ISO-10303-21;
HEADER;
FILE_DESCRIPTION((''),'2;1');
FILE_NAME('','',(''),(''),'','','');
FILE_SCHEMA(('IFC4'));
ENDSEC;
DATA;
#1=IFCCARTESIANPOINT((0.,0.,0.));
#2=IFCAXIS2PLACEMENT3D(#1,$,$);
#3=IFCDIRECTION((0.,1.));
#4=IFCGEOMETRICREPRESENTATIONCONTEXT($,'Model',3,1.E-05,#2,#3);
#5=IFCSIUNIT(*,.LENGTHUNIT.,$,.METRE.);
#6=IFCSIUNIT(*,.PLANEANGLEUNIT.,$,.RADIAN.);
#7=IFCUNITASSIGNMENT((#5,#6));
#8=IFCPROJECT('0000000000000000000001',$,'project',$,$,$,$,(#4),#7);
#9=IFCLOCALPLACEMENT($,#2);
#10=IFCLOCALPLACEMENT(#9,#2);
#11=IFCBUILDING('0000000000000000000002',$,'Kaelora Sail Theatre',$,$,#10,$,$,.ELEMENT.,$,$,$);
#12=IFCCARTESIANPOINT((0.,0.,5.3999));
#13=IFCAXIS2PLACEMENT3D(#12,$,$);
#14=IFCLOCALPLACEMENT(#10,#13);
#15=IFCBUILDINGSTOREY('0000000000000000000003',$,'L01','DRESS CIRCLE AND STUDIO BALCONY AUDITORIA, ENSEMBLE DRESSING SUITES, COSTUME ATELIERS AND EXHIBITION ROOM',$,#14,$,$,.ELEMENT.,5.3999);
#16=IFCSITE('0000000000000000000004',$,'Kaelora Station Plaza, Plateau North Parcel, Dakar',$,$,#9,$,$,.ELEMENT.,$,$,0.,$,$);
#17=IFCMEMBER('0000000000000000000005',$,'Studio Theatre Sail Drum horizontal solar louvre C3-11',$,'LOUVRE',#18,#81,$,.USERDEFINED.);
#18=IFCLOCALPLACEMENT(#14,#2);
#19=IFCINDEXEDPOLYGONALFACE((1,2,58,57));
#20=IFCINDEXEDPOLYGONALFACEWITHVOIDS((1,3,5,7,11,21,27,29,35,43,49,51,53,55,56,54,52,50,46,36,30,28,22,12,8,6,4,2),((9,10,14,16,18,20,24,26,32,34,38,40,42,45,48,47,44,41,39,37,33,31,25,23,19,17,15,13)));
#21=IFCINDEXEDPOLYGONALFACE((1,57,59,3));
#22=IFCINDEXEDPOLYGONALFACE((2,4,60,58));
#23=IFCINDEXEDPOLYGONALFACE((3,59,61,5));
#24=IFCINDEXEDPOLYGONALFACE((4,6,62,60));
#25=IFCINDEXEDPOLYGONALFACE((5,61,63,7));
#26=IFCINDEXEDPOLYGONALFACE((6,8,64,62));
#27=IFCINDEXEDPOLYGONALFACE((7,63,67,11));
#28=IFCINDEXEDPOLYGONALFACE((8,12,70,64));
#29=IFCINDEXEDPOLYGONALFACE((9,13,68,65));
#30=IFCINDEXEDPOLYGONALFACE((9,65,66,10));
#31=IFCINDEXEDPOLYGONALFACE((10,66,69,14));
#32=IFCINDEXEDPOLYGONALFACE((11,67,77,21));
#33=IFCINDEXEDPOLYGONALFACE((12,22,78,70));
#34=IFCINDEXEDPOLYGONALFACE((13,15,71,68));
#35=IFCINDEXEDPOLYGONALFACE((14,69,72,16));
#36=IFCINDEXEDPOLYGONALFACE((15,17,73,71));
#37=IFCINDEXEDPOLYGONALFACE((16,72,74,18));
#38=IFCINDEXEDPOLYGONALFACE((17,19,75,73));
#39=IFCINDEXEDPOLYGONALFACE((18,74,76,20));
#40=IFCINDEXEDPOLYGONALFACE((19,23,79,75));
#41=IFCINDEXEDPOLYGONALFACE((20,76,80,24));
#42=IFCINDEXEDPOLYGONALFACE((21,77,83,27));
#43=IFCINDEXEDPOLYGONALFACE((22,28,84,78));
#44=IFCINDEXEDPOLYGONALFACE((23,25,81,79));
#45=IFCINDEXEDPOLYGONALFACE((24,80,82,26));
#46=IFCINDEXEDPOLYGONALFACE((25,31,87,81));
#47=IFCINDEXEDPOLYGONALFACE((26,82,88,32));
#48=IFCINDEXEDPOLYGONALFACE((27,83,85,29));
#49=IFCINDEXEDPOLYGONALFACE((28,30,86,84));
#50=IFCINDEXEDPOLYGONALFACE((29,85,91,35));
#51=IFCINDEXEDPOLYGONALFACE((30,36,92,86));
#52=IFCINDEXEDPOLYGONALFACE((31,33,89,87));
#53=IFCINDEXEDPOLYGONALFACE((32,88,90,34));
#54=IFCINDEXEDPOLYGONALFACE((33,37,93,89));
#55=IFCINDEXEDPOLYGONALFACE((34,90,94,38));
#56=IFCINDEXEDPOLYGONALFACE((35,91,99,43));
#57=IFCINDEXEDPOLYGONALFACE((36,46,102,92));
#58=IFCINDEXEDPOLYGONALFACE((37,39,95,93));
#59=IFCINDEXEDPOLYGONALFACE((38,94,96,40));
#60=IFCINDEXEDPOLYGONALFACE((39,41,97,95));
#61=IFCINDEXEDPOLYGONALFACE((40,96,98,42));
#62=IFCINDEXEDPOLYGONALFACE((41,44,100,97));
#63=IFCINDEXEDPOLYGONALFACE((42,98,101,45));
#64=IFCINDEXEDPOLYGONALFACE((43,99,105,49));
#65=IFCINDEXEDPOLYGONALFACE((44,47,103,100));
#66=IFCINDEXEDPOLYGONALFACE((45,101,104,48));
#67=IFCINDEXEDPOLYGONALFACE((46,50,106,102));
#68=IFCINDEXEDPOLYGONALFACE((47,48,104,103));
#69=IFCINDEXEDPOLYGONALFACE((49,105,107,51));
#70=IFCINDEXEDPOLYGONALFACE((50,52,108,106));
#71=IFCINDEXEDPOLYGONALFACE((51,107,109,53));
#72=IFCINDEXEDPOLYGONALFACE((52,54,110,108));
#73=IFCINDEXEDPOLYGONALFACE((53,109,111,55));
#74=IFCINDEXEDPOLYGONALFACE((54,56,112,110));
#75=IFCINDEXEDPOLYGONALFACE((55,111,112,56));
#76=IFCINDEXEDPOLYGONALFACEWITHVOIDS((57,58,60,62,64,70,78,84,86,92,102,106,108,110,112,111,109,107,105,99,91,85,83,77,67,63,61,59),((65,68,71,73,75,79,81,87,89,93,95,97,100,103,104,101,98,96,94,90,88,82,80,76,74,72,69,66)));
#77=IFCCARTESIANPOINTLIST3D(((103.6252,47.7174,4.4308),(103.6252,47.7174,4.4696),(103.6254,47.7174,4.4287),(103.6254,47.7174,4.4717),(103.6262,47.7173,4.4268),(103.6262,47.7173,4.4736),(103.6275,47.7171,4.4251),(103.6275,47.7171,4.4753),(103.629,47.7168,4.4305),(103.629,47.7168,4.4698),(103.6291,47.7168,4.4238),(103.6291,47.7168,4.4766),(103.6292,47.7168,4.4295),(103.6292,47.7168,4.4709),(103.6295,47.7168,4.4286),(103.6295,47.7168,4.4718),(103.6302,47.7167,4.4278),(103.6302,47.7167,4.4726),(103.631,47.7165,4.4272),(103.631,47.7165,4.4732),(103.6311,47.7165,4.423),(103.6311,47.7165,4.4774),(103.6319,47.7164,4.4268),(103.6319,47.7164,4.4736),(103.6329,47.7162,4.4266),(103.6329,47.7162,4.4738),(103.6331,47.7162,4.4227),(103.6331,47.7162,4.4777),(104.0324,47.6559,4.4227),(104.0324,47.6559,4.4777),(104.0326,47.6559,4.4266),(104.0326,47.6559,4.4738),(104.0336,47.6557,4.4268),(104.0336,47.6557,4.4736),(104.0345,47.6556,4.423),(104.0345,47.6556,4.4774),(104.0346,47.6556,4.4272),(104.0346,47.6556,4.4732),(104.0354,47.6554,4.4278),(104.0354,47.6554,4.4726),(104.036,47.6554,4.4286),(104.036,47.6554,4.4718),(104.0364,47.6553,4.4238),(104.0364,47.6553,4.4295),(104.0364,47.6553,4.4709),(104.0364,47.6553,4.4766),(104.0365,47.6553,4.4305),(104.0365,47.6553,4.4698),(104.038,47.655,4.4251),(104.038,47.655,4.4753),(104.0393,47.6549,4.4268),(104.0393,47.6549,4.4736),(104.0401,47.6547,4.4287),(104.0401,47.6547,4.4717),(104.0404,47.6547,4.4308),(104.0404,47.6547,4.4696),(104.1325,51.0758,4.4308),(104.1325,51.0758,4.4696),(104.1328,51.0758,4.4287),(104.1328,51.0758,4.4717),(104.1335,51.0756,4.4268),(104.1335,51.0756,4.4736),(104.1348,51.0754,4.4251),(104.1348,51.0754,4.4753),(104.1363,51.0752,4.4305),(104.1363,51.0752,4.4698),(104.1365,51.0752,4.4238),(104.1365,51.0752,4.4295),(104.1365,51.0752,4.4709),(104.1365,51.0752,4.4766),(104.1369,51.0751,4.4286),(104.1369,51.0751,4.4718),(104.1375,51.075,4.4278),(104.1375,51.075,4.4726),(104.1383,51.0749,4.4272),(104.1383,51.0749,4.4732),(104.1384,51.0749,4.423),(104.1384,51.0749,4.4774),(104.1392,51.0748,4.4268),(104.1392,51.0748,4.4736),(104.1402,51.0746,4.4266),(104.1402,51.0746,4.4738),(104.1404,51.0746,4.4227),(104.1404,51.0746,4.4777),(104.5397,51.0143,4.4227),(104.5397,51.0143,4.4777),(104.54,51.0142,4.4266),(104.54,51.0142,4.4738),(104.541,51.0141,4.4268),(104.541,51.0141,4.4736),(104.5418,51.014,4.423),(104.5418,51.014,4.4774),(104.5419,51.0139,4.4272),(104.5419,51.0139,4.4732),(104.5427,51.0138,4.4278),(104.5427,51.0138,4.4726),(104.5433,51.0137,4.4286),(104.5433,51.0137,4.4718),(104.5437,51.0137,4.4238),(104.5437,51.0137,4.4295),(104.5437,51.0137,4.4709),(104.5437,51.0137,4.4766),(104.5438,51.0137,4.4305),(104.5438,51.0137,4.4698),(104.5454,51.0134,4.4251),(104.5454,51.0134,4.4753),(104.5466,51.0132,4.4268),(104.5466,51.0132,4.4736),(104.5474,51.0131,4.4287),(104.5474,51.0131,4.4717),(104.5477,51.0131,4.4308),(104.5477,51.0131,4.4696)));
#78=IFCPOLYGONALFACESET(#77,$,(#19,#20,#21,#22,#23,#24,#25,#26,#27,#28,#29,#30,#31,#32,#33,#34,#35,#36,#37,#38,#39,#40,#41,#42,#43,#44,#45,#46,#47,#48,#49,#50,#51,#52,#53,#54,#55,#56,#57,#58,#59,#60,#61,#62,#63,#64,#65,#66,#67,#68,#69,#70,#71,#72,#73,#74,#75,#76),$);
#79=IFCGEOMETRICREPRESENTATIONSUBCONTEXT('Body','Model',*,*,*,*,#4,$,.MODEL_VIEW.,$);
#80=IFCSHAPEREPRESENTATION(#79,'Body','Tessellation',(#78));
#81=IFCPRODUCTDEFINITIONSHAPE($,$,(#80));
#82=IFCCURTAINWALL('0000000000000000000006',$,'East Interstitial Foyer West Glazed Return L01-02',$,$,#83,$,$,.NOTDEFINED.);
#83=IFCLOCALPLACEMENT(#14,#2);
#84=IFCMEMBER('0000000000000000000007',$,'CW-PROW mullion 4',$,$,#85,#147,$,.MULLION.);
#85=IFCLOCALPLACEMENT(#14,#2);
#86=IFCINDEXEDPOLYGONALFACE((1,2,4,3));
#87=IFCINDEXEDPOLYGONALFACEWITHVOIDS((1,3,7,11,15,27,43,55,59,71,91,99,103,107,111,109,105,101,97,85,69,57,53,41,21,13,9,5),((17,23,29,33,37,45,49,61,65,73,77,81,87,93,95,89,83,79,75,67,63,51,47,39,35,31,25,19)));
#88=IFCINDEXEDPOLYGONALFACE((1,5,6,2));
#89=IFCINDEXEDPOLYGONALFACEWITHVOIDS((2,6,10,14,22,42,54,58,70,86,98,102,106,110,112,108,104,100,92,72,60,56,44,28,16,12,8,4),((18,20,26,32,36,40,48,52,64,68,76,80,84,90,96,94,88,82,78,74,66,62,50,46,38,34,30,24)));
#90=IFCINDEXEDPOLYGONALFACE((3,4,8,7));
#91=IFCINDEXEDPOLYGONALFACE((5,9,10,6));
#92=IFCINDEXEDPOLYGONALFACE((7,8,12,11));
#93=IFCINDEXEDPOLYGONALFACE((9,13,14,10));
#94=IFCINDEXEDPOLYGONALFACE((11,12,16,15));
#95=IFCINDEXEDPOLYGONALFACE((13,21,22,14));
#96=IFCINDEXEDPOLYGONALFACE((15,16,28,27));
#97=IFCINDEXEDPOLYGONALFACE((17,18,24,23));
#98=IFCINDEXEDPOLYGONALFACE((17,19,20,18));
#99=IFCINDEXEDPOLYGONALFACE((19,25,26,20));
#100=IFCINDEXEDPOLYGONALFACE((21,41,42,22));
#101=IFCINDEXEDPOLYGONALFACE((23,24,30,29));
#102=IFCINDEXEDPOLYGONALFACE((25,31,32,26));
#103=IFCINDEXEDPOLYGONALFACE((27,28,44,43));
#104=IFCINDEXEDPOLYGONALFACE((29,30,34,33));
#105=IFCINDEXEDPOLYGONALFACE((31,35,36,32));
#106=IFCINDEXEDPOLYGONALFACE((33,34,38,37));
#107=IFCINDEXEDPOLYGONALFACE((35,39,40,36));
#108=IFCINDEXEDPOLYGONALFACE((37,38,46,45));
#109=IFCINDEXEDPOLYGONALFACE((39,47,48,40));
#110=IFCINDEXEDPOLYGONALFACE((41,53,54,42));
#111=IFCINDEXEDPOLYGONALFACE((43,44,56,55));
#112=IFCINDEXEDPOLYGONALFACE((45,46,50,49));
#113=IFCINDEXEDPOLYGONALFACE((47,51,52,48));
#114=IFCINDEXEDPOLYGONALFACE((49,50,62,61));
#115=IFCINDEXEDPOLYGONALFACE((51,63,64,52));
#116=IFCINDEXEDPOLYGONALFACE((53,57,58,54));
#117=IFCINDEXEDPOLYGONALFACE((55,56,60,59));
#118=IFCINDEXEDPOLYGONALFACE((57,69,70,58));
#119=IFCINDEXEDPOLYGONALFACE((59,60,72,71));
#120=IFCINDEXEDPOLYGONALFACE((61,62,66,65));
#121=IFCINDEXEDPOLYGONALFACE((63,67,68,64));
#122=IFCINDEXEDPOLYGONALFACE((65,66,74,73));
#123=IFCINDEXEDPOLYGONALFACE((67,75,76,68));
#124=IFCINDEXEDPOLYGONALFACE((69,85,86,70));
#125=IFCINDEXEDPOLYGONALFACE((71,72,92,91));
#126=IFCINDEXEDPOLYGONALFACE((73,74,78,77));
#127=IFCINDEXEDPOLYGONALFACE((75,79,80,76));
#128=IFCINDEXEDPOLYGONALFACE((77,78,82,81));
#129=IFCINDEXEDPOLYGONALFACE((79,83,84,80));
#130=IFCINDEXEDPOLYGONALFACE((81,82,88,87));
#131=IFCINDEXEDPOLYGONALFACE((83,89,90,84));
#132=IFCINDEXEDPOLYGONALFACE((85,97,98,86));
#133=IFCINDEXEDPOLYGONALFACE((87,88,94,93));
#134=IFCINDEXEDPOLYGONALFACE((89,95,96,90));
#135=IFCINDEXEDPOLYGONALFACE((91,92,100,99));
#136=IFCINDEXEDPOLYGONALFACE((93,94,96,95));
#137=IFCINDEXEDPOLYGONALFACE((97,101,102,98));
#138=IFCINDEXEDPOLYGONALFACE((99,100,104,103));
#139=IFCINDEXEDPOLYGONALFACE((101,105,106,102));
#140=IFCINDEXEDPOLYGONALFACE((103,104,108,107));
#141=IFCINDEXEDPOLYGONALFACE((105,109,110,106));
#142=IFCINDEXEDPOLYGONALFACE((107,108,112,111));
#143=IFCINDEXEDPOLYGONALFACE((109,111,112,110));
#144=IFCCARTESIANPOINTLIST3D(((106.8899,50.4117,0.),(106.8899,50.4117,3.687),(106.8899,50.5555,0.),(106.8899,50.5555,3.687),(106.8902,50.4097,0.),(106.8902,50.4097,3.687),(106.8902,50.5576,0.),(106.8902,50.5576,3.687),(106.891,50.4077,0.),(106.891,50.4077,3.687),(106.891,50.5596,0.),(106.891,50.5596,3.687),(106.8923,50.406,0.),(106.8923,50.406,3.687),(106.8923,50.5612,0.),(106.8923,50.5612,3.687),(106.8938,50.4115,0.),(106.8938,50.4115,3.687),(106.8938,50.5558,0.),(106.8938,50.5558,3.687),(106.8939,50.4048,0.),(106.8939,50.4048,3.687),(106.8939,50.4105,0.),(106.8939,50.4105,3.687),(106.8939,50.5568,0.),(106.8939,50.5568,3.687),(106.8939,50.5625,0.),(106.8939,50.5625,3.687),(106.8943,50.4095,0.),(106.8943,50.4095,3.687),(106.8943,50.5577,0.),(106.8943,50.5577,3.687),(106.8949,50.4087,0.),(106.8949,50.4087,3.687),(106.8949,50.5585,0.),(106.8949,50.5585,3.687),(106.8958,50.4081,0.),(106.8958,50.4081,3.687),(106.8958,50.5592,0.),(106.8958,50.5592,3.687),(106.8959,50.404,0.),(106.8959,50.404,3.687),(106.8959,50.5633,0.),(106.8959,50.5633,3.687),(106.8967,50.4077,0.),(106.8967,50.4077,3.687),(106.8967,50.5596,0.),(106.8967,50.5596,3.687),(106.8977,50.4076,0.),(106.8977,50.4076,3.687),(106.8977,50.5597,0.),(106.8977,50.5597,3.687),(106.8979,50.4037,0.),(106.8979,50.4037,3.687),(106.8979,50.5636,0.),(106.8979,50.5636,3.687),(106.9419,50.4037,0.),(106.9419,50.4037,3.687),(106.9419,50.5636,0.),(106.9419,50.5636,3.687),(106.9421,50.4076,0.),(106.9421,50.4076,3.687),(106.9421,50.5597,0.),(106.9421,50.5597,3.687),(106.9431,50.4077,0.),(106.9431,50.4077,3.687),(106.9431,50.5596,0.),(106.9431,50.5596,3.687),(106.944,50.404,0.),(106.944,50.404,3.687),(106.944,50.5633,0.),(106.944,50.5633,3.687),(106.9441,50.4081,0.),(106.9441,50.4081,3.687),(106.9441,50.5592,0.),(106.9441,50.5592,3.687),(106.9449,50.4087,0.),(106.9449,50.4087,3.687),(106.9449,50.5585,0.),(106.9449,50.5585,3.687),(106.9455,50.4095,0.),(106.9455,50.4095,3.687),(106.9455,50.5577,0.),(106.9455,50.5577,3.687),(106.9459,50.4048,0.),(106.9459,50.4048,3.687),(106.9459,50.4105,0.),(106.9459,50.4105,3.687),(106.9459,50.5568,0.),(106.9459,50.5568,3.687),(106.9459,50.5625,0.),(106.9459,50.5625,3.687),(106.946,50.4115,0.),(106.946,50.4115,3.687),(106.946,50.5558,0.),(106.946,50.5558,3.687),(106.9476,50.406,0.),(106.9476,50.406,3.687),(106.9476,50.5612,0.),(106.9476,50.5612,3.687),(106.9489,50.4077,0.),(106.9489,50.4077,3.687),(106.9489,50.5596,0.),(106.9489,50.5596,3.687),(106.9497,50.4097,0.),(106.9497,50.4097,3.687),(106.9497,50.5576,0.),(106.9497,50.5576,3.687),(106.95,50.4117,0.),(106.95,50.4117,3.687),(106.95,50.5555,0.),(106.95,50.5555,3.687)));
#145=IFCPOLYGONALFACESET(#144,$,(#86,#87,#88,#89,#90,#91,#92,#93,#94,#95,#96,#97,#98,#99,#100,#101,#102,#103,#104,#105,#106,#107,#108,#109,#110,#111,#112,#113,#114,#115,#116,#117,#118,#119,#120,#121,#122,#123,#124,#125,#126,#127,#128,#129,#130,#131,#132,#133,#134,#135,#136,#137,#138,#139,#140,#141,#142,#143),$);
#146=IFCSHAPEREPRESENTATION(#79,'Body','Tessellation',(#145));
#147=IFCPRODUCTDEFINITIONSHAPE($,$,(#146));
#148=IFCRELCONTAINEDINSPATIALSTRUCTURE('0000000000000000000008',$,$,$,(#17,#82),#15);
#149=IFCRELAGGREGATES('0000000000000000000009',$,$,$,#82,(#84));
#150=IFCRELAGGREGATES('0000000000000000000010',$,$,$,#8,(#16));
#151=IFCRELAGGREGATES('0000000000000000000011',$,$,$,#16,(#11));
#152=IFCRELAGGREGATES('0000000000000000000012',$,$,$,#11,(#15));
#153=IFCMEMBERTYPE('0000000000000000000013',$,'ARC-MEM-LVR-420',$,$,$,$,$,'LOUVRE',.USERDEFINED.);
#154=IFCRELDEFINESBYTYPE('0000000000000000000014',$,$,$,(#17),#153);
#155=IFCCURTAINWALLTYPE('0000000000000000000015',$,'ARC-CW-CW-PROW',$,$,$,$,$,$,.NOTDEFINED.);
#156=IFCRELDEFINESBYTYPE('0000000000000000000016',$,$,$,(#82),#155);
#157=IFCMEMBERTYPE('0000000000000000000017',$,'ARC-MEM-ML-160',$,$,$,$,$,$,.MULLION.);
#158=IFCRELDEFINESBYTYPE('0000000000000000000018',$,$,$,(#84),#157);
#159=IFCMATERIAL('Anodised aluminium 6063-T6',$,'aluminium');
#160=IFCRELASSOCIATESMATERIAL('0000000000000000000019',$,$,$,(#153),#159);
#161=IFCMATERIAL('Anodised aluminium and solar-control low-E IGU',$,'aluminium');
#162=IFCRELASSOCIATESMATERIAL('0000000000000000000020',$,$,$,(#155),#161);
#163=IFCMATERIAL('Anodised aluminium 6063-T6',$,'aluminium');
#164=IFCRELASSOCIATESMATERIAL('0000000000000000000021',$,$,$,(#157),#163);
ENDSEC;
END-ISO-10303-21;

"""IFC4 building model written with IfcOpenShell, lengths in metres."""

from ifc_helpers import new_model, si_unit, direction, frame, origin, origin_2d, place, context, subcontext, project, spatial, hollow_rectangle, extrude, material, material_profile, profile_set, type_object, element, aggregate, save


model = new_model("IFC4")

# Units and contexts
model_context = context("Model", 3, precision=1e-05, world=origin(), true_north=direction((0.0, 1.0)))
body_context = subcontext(model_context, "Body", "Model", "MODEL_VIEW")
ifc_project = project(units=[si_unit("LENGTHUNIT", "METRE"), si_unit("PLANEANGLEUNIT", "RADIAN")], contexts=[model_context])

# Site, building, storey
site_placement = place(None, origin())
site = spatial("IfcSite", under=ifc_project, at=site_placement, Name="Kaelora Station Plaza, Plateau North Parcel, Dakar", CompositionType="ELEMENT", RefElevation=0.0)
building_placement = place(site_placement, origin())
building = spatial("IfcBuilding", under=site, at=building_placement, Name="Kaelora Sail Theatre", CompositionType="ELEMENT")
storey_placement = place(building_placement, frame((0.0, 0.0, 5.3999)))
storey = spatial("IfcBuildingStorey", under=building, at=storey_placement, Name="L01", Description="DRESS CIRCLE AND STUDIO BALCONY AUDITORIA, ENSEMBLE DRESSING SUITES, COSTUME ATELIERS AND EXHIBITION ROOM", CompositionType="ELEMENT", Elevation=5.3999)

# Member
ifc_material_1 = material(Name="Anodised aluminium 6063-T6", Category="aluminium")
ifc_material_profile_1 = material_profile(ifc_material_1, hollow_rectangle(XDim=0.4199, YDim=0.0549, WallThickness=0.0039, InnerFilletRadius=0.0039, OuterFilletRadius=0.0081, at=origin_2d()), Name="LOUVRE 420x55x4")
ifc_profile_set_1 = profile_set([ifc_material_profile_1], Name="Anodised aluminium 6063-T6")
member_type_1 = type_object("IfcMemberType", Name="ARC-MEM-LVR-420", ElementType="LOUVRE", PredefinedType="USERDEFINED", material=ifc_profile_set_1)
for number, where, z_axis, x_axis, name in (
    (1, (104.3401, 51.0444, 4.4502), (-0.149367, -0.988782, 0.0), (0.988782, -0.149367, 0.0), "Studio Theatre Sail Drum horizontal solar louvre C3-11"),
):
    element("IfcMember", number, at=place(storey_placement, frame(where, z_axis=z_axis, x_axis=x_axis)), inside=storey, type_object=member_type_1, Name=name, ObjectType="LOUVRE", PredefinedType="USERDEFINED", context=body_context, shape_type="SweptSolid", body=[
        extrude(hollow_rectangle(XDim=0.4199, YDim=0.0549, WallThickness=0.0039, InnerFilletRadius=0.0039, OuterFilletRadius=0.0081, at=origin_2d()), origin(), (0.0, 0.0, 1.0), 3.3965),
    ])

# Curtain wall, member
ifc_material_2 = material(Name="Anodised aluminium and solar-control low-E IGU", Category="aluminium")
curtain_wall_type = type_object("IfcCurtainWallType", Name="ARC-CW-CW-PROW", PredefinedType="NOTDEFINED", material=ifc_material_2)
curtain_wall_placement = place(storey_placement, origin())
curtain_wall = element("IfcCurtainWall", 2, at=curtain_wall_placement, inside=storey, type_object=curtain_wall_type, Name="East Interstitial Foyer West Glazed Return L01-02", PredefinedType="NOTDEFINED")
ifc_material_3 = material(Name="Anodised aluminium 6063-T6", Category="aluminium")
ifc_material_profile_2 = material_profile(ifc_material_3, hollow_rectangle(XDim=0.0601, YDim=0.1599, WallThickness=0.0039, InnerFilletRadius=0.0039, OuterFilletRadius=0.0081, at=origin_2d()), Name="ALU-MULL 60x160x4")
ifc_profile_set_2 = profile_set([ifc_material_profile_2], Name="Anodised aluminium 6063-T6")
member_type_2 = type_object("IfcMemberType", Name="ARC-MEM-ML-160", PredefinedType="MULLION", material=ifc_profile_set_2)
member_1_placement = place(storey_placement, frame((106.9199, 50.4836, 0.0), z_axis=(0.0, 0.0, 1.0), x_axis=(-1.0, 0.0, 0.0)))
member_1 = element("IfcMember", 3, at=member_1_placement, type_object=member_type_2, Name="CW-PROW mullion 4", PredefinedType="MULLION", context=body_context, shape_type="SweptSolid", body=[
    extrude(hollow_rectangle(XDim=0.0601, YDim=0.1599, WallThickness=0.0039, InnerFilletRadius=0.0039, OuterFilletRadius=0.0081, at=origin_2d()), origin(), (0.0, 0.0, 1.0), 3.687),
])

aggregate(curtain_wall, [member_1])

save(model, "model.ifc")
